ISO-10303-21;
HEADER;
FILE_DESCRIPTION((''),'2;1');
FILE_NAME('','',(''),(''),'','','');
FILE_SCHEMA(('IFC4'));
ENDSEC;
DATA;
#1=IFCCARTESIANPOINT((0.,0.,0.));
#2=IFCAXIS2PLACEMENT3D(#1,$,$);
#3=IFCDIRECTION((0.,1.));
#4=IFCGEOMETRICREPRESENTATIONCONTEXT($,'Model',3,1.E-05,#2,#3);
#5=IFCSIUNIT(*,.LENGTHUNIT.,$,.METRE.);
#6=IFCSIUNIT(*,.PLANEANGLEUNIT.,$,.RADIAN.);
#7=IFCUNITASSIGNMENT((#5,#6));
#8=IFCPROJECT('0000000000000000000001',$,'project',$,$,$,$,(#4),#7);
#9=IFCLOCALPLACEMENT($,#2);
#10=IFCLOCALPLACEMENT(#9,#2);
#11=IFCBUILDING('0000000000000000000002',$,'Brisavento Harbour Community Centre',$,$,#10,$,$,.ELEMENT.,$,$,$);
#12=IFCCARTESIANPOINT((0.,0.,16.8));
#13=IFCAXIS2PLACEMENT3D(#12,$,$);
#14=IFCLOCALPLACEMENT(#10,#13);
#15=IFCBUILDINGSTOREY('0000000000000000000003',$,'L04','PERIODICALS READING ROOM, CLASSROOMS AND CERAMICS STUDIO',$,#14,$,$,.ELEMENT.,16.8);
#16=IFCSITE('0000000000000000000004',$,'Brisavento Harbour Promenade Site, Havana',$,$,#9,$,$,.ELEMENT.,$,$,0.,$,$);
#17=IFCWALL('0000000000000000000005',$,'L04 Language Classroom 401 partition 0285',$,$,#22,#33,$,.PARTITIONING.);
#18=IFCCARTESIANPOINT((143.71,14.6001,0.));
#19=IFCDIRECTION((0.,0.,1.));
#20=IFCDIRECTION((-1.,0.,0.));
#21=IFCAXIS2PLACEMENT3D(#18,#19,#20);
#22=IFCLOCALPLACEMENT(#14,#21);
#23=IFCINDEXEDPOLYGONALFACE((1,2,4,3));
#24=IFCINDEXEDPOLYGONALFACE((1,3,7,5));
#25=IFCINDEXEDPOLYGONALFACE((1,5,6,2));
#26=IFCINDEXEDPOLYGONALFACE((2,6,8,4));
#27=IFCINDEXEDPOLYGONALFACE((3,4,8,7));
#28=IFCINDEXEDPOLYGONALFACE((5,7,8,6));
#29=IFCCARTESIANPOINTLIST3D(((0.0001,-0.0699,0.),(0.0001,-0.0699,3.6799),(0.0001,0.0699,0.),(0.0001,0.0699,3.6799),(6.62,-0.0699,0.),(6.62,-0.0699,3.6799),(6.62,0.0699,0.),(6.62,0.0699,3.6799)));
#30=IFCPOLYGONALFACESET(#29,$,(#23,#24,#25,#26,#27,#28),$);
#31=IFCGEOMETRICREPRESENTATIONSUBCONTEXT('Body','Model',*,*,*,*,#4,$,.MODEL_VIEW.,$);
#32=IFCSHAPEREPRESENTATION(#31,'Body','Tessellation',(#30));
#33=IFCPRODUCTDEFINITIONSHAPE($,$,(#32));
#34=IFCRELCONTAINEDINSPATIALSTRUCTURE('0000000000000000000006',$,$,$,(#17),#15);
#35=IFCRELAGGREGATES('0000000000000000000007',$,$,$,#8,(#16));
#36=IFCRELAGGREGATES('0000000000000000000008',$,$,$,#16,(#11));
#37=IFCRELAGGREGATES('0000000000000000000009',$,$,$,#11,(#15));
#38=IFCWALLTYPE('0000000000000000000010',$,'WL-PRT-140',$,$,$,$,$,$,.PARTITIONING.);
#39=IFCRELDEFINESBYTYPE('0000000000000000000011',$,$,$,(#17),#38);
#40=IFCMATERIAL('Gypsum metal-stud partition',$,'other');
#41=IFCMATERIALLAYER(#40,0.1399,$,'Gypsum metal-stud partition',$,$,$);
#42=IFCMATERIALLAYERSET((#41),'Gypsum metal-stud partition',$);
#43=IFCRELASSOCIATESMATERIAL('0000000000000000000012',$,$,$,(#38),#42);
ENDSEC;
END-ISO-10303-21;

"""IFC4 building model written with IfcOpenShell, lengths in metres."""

from ifc_helpers import new_model, si_unit, direction, frame, frame_2d, origin, place, context, subcontext, project, spatial, rectangle, extrude, material, layer, layer_set, type_object, element, save


model = new_model("IFC4")

# Units and contexts
model_context = context("Model", 3, precision=1e-05, world=origin(), true_north=direction((0.0, 1.0)))
body_context = subcontext(model_context, "Body", "Model", "MODEL_VIEW")
ifc_project = project(units=[si_unit("LENGTHUNIT", "METRE"), si_unit("PLANEANGLEUNIT", "RADIAN")], contexts=[model_context])

# Site, building, storey
site_placement = place(None, origin())
site = spatial("IfcSite", under=ifc_project, at=site_placement, Name="Brisavento Harbour Promenade Site, Havana", CompositionType="ELEMENT", RefElevation=0.0)
building_placement = place(site_placement, origin())
building = spatial("IfcBuilding", under=site, at=building_placement, Name="Brisavento Harbour Community Centre", CompositionType="ELEMENT")
storey_placement = place(building_placement, frame((0.0, 0.0, 16.8)))
storey = spatial("IfcBuildingStorey", under=building, at=storey_placement, Name="L04", Description="PERIODICALS READING ROOM, CLASSROOMS AND CERAMICS STUDIO", CompositionType="ELEMENT", Elevation=16.8)

# Wall
ifc_material_1 = material(Name="Gypsum metal-stud partition", Category="other")
ifc_layer_1 = layer(ifc_material_1, 0.1399, Name="Gypsum metal-stud partition")
ifc_layer_set_1 = layer_set([ifc_layer_1], Name="Gypsum metal-stud partition")
wall_type_1 = type_object("IfcWallType", Name="WL-PRT-140", PredefinedType="PARTITIONING", material=ifc_layer_set_1)
wall_1_placement = place(storey_placement, frame((143.71, 14.6001, 0.0), z_axis=(0.0, 0.0, 1.0), x_axis=(-1.0, 0.0, 0.0)))
element("IfcWall", 1, at=wall_1_placement, inside=storey, type_object=wall_type_1, Name="L04 Language Classroom 401 partition 0285", PredefinedType="PARTITIONING", context=body_context, shape_type="SweptSolid", body=[
    extrude(rectangle(XDim=6.6199, YDim=0.1399, at=frame_2d((3.3101, 0.0))), origin(), (0.0, 0.0, 1.0), 3.6799),
])

save(model, "model.ifc")
